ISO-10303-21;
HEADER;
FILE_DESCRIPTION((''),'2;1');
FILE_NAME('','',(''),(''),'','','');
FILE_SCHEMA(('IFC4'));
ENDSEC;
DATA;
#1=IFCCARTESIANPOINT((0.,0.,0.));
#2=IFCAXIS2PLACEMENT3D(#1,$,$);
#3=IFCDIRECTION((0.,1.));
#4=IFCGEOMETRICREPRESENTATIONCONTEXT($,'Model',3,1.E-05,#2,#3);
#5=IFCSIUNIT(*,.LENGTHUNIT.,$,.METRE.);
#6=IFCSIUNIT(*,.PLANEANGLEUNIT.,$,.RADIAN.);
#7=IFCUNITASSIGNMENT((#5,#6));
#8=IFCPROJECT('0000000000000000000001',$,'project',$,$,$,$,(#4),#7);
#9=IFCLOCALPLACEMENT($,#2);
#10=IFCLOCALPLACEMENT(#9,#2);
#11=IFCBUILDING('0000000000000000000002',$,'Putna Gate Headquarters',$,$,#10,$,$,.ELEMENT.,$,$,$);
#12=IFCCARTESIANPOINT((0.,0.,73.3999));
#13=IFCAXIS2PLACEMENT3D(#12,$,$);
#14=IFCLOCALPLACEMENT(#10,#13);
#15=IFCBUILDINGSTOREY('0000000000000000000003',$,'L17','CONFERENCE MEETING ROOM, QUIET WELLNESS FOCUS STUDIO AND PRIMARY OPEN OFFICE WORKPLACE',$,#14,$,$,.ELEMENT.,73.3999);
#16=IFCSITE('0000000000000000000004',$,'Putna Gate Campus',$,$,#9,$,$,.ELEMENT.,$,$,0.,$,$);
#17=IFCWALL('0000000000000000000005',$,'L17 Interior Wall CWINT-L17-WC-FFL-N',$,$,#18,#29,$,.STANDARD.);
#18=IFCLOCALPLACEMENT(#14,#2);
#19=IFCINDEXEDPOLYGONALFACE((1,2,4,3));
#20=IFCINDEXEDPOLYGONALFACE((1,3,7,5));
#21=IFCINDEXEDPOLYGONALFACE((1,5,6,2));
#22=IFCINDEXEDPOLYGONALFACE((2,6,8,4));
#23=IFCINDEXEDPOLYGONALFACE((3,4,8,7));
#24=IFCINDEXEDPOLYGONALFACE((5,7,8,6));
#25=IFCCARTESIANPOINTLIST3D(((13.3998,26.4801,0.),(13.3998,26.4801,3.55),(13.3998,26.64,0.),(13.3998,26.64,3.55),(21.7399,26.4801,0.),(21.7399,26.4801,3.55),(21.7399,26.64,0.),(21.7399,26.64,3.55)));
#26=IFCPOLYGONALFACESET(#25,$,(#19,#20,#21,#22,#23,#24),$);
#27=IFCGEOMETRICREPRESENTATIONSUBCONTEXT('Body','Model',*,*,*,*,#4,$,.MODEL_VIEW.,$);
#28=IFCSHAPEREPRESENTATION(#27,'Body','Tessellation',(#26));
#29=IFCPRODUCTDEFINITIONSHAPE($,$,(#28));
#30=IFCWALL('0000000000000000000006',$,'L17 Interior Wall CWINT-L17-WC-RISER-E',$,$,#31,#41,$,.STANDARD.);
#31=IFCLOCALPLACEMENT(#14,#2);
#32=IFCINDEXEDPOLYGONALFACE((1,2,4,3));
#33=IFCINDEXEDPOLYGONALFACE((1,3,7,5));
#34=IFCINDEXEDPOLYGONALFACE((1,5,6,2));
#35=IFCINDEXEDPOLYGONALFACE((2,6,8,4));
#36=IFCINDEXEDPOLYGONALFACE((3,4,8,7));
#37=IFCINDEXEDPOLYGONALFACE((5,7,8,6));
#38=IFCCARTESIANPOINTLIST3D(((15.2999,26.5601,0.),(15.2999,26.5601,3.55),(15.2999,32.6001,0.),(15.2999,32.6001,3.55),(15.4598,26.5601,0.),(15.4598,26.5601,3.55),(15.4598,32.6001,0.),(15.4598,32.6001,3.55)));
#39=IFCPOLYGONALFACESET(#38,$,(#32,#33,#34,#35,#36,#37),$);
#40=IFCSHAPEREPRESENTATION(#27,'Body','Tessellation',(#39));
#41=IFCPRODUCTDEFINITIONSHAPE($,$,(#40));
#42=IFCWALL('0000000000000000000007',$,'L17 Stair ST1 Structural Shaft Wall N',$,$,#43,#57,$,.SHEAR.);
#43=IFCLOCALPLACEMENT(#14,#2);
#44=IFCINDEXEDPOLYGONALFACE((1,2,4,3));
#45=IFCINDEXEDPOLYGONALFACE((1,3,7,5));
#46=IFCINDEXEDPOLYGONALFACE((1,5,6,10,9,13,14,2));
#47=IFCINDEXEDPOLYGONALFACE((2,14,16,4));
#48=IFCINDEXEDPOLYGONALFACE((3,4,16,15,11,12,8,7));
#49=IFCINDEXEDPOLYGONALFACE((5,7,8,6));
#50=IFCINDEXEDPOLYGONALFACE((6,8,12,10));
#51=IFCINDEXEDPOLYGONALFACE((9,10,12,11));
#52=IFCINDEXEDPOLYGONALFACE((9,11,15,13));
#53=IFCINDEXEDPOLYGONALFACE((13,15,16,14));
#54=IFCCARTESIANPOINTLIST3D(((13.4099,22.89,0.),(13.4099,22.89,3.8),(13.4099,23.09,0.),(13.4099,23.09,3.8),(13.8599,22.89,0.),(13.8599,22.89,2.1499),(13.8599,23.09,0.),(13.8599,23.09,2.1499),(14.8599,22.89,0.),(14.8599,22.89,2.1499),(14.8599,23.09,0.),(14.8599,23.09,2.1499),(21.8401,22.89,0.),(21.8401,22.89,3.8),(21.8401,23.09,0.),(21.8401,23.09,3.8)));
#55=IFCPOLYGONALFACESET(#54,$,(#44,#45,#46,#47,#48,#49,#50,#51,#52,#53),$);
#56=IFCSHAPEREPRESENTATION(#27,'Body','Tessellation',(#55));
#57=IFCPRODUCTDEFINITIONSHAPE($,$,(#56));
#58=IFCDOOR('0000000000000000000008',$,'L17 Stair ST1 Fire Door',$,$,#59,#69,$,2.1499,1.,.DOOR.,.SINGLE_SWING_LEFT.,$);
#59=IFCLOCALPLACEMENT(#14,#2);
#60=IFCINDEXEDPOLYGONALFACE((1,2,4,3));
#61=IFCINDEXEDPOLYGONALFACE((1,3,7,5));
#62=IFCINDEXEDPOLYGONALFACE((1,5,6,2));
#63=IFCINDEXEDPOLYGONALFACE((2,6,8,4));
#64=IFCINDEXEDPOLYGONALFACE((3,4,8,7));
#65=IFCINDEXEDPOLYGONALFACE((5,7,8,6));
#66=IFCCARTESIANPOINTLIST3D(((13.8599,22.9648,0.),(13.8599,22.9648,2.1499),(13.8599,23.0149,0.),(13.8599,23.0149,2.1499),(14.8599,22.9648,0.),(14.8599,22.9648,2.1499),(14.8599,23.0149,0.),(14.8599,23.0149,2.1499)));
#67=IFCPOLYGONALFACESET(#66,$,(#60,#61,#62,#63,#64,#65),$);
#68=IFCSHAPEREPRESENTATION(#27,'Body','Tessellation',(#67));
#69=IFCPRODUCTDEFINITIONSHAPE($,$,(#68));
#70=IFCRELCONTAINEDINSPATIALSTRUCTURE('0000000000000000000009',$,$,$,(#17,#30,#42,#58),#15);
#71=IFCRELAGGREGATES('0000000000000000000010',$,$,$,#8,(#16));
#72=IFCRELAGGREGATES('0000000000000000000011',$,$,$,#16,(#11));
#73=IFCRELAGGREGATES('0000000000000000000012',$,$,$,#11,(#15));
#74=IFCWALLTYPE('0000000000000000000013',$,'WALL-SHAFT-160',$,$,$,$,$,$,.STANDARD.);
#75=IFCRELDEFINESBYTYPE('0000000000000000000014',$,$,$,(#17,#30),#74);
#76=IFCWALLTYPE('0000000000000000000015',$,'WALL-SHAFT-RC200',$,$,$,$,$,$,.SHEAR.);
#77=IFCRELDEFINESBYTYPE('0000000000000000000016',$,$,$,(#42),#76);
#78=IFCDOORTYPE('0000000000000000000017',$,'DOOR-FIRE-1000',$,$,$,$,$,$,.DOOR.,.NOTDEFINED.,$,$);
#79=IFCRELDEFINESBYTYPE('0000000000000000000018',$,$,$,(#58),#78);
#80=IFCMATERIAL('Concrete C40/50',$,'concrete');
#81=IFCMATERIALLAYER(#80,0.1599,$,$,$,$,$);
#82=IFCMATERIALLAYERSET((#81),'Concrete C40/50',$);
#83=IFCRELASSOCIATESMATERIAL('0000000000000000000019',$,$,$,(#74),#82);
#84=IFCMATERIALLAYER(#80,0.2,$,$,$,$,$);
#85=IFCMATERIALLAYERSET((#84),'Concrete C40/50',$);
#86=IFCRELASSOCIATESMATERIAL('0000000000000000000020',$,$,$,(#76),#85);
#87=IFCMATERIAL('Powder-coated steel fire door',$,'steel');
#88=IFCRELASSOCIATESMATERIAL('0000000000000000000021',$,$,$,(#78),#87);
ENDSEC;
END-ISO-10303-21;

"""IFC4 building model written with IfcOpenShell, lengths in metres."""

from ifc_helpers import new_model, si_unit, direction, frame, frame_2d, origin, place, context, subcontext, project, spatial, rectangle, extrude, material, layer, layer_set, type_object, element, fill, save


model = new_model("IFC4")

# Units and contexts
model_context = context("Model", 3, precision=1e-05, world=origin(), true_north=direction((0.0, 1.0)))
body_context = subcontext(model_context, "Body", "Model", "MODEL_VIEW")
ifc_project = project(units=[si_unit("LENGTHUNIT", "METRE"), si_unit("PLANEANGLEUNIT", "RADIAN")], contexts=[model_context])

# Site, building, storey
site_placement = place(None, origin())
site = spatial("IfcSite", under=ifc_project, at=site_placement, Name="Putna Gate Campus", CompositionType="ELEMENT", RefElevation=0.0)
building_placement = place(site_placement, origin())
building = spatial("IfcBuilding", under=site, at=building_placement, Name="Putna Gate Headquarters", CompositionType="ELEMENT")
storey_placement = place(building_placement, frame((0.0, 0.0, 73.3999)))
storey = spatial("IfcBuildingStorey", under=building, at=storey_placement, Name="L17", Description="CONFERENCE MEETING ROOM, QUIET WELLNESS FOCUS STUDIO AND PRIMARY OPEN OFFICE WORKPLACE", CompositionType="ELEMENT", Elevation=73.3999)

# Walls
ifc_material_1 = material(Name="Concrete C40/50", Category="concrete")
ifc_layer_1 = layer(ifc_material_1, 0.1599)
ifc_layer_set_1 = layer_set([ifc_layer_1], Name="Concrete C40/50")
wall_type_1 = type_object("IfcWallType", Name="WALL-SHAFT-160", PredefinedType="STANDARD", material=ifc_layer_set_1)
wall_1_placement = place(storey_placement, frame((13.3999, 26.5601, 0.0), z_axis=(0.0, 0.0, 1.0), x_axis=(1.0, 0.0, 0.0)))
element("IfcWall", 1, at=wall_1_placement, inside=storey, type_object=wall_type_1, Name="L17 Interior Wall CWINT-L17-WC-FFL-N", PredefinedType="STANDARD", context=body_context, shape_type="SweptSolid", body=[
    extrude(rectangle(XDim=8.3401, YDim=0.1599, at=frame_2d((4.1699, 0.0))), origin(), (0.0, 0.0, 1.0), 3.55),
])
wall_2_placement = place(storey_placement, frame((15.3799, 26.5601, 0.0), z_axis=(0.0, 0.0, 1.0), x_axis=(0.0, 1.0, 0.0)))
element("IfcWall", 2, at=wall_2_placement, inside=storey, type_object=wall_type_1, Name="L17 Interior Wall CWINT-L17-WC-RISER-E", PredefinedType="STANDARD", context=body_context, shape_type="SweptSolid", body=[
    extrude(rectangle(XDim=6.04, YDim=0.1599, at=frame_2d((3.02, 0.0))), origin(), (0.0, 0.0, 1.0), 3.55),
])

# Wall, opening, door
ifc_layer_2 = layer(ifc_material_1, 0.2)
ifc_layer_set_2 = layer_set([ifc_layer_2], Name="Concrete C40/50")
wall_type_2 = type_object("IfcWallType", Name="WALL-SHAFT-RC200", PredefinedType="SHEAR", material=ifc_layer_set_2)
wall_3_placement = place(storey_placement, frame((13.4099, 22.99, 0.0), z_axis=(0.0, 0.0, 1.0), x_axis=(1.0, 0.0, 0.0)))
wall_3 = element("IfcWall", 3, at=wall_3_placement, inside=storey, type_object=wall_type_2, Name="L17 Stair ST1 Structural Shaft Wall N", PredefinedType="SHEAR", context=body_context, shape_type="SweptSolid", body=[
    extrude(rectangle(XDim=8.4302, YDim=0.2, at=frame_2d((4.2151, 0.0))), origin(), (0.0, 0.0, 1.0), 3.8),
])
opening_1_placement = place(wall_3_placement, frame((0.45, 0.0, 0.0)))
opening_1 = element("IfcOpeningElement", 4, at=opening_1_placement, cuts=wall_3, PredefinedType="OPENING", context=body_context, shape_type="SweptSolid", body=[
    extrude(rectangle(XDim=1.0, YDim=2.1499, at=frame_2d((0.5, 1.075))), frame((0.0, 0.1099, 0.0), z_axis=(0.0, -1.0, 0.0), x_axis=(1.0, 0.0, 0.0)), (0.0, 0.0, 1.0), 0.22),
])
ifc_material_2 = material(Name="Powder-coated steel fire door", Category="steel")
door_type_1 = type_object("IfcDoorType", Name="DOOR-FIRE-1000", OperationType="NOTDEFINED", PredefinedType="DOOR", material=ifc_material_2)
door_1_placement = place(opening_1_placement, origin())
door_1 = element("IfcDoor", 5, at=door_1_placement, inside=storey, type_object=door_type_1, Name="L17 Stair ST1 Fire Door", OperationType="SINGLE_SWING_LEFT", OverallHeight=2.1499, OverallWidth=1.0, PredefinedType="DOOR", context=body_context, shape_type="SweptSolid", body=[
    extrude(rectangle(XDim=1.0, YDim=2.1499, at=frame_2d((0.5, 1.075))), frame((0.0, 0.0249, 0.0), z_axis=(0.0, -1.0, 0.0), x_axis=(1.0, 0.0, 0.0)), (0.0, 0.0, 1.0), 0.05),
])
fill(opening_1, door_1)

save(model, "model.ifc")
